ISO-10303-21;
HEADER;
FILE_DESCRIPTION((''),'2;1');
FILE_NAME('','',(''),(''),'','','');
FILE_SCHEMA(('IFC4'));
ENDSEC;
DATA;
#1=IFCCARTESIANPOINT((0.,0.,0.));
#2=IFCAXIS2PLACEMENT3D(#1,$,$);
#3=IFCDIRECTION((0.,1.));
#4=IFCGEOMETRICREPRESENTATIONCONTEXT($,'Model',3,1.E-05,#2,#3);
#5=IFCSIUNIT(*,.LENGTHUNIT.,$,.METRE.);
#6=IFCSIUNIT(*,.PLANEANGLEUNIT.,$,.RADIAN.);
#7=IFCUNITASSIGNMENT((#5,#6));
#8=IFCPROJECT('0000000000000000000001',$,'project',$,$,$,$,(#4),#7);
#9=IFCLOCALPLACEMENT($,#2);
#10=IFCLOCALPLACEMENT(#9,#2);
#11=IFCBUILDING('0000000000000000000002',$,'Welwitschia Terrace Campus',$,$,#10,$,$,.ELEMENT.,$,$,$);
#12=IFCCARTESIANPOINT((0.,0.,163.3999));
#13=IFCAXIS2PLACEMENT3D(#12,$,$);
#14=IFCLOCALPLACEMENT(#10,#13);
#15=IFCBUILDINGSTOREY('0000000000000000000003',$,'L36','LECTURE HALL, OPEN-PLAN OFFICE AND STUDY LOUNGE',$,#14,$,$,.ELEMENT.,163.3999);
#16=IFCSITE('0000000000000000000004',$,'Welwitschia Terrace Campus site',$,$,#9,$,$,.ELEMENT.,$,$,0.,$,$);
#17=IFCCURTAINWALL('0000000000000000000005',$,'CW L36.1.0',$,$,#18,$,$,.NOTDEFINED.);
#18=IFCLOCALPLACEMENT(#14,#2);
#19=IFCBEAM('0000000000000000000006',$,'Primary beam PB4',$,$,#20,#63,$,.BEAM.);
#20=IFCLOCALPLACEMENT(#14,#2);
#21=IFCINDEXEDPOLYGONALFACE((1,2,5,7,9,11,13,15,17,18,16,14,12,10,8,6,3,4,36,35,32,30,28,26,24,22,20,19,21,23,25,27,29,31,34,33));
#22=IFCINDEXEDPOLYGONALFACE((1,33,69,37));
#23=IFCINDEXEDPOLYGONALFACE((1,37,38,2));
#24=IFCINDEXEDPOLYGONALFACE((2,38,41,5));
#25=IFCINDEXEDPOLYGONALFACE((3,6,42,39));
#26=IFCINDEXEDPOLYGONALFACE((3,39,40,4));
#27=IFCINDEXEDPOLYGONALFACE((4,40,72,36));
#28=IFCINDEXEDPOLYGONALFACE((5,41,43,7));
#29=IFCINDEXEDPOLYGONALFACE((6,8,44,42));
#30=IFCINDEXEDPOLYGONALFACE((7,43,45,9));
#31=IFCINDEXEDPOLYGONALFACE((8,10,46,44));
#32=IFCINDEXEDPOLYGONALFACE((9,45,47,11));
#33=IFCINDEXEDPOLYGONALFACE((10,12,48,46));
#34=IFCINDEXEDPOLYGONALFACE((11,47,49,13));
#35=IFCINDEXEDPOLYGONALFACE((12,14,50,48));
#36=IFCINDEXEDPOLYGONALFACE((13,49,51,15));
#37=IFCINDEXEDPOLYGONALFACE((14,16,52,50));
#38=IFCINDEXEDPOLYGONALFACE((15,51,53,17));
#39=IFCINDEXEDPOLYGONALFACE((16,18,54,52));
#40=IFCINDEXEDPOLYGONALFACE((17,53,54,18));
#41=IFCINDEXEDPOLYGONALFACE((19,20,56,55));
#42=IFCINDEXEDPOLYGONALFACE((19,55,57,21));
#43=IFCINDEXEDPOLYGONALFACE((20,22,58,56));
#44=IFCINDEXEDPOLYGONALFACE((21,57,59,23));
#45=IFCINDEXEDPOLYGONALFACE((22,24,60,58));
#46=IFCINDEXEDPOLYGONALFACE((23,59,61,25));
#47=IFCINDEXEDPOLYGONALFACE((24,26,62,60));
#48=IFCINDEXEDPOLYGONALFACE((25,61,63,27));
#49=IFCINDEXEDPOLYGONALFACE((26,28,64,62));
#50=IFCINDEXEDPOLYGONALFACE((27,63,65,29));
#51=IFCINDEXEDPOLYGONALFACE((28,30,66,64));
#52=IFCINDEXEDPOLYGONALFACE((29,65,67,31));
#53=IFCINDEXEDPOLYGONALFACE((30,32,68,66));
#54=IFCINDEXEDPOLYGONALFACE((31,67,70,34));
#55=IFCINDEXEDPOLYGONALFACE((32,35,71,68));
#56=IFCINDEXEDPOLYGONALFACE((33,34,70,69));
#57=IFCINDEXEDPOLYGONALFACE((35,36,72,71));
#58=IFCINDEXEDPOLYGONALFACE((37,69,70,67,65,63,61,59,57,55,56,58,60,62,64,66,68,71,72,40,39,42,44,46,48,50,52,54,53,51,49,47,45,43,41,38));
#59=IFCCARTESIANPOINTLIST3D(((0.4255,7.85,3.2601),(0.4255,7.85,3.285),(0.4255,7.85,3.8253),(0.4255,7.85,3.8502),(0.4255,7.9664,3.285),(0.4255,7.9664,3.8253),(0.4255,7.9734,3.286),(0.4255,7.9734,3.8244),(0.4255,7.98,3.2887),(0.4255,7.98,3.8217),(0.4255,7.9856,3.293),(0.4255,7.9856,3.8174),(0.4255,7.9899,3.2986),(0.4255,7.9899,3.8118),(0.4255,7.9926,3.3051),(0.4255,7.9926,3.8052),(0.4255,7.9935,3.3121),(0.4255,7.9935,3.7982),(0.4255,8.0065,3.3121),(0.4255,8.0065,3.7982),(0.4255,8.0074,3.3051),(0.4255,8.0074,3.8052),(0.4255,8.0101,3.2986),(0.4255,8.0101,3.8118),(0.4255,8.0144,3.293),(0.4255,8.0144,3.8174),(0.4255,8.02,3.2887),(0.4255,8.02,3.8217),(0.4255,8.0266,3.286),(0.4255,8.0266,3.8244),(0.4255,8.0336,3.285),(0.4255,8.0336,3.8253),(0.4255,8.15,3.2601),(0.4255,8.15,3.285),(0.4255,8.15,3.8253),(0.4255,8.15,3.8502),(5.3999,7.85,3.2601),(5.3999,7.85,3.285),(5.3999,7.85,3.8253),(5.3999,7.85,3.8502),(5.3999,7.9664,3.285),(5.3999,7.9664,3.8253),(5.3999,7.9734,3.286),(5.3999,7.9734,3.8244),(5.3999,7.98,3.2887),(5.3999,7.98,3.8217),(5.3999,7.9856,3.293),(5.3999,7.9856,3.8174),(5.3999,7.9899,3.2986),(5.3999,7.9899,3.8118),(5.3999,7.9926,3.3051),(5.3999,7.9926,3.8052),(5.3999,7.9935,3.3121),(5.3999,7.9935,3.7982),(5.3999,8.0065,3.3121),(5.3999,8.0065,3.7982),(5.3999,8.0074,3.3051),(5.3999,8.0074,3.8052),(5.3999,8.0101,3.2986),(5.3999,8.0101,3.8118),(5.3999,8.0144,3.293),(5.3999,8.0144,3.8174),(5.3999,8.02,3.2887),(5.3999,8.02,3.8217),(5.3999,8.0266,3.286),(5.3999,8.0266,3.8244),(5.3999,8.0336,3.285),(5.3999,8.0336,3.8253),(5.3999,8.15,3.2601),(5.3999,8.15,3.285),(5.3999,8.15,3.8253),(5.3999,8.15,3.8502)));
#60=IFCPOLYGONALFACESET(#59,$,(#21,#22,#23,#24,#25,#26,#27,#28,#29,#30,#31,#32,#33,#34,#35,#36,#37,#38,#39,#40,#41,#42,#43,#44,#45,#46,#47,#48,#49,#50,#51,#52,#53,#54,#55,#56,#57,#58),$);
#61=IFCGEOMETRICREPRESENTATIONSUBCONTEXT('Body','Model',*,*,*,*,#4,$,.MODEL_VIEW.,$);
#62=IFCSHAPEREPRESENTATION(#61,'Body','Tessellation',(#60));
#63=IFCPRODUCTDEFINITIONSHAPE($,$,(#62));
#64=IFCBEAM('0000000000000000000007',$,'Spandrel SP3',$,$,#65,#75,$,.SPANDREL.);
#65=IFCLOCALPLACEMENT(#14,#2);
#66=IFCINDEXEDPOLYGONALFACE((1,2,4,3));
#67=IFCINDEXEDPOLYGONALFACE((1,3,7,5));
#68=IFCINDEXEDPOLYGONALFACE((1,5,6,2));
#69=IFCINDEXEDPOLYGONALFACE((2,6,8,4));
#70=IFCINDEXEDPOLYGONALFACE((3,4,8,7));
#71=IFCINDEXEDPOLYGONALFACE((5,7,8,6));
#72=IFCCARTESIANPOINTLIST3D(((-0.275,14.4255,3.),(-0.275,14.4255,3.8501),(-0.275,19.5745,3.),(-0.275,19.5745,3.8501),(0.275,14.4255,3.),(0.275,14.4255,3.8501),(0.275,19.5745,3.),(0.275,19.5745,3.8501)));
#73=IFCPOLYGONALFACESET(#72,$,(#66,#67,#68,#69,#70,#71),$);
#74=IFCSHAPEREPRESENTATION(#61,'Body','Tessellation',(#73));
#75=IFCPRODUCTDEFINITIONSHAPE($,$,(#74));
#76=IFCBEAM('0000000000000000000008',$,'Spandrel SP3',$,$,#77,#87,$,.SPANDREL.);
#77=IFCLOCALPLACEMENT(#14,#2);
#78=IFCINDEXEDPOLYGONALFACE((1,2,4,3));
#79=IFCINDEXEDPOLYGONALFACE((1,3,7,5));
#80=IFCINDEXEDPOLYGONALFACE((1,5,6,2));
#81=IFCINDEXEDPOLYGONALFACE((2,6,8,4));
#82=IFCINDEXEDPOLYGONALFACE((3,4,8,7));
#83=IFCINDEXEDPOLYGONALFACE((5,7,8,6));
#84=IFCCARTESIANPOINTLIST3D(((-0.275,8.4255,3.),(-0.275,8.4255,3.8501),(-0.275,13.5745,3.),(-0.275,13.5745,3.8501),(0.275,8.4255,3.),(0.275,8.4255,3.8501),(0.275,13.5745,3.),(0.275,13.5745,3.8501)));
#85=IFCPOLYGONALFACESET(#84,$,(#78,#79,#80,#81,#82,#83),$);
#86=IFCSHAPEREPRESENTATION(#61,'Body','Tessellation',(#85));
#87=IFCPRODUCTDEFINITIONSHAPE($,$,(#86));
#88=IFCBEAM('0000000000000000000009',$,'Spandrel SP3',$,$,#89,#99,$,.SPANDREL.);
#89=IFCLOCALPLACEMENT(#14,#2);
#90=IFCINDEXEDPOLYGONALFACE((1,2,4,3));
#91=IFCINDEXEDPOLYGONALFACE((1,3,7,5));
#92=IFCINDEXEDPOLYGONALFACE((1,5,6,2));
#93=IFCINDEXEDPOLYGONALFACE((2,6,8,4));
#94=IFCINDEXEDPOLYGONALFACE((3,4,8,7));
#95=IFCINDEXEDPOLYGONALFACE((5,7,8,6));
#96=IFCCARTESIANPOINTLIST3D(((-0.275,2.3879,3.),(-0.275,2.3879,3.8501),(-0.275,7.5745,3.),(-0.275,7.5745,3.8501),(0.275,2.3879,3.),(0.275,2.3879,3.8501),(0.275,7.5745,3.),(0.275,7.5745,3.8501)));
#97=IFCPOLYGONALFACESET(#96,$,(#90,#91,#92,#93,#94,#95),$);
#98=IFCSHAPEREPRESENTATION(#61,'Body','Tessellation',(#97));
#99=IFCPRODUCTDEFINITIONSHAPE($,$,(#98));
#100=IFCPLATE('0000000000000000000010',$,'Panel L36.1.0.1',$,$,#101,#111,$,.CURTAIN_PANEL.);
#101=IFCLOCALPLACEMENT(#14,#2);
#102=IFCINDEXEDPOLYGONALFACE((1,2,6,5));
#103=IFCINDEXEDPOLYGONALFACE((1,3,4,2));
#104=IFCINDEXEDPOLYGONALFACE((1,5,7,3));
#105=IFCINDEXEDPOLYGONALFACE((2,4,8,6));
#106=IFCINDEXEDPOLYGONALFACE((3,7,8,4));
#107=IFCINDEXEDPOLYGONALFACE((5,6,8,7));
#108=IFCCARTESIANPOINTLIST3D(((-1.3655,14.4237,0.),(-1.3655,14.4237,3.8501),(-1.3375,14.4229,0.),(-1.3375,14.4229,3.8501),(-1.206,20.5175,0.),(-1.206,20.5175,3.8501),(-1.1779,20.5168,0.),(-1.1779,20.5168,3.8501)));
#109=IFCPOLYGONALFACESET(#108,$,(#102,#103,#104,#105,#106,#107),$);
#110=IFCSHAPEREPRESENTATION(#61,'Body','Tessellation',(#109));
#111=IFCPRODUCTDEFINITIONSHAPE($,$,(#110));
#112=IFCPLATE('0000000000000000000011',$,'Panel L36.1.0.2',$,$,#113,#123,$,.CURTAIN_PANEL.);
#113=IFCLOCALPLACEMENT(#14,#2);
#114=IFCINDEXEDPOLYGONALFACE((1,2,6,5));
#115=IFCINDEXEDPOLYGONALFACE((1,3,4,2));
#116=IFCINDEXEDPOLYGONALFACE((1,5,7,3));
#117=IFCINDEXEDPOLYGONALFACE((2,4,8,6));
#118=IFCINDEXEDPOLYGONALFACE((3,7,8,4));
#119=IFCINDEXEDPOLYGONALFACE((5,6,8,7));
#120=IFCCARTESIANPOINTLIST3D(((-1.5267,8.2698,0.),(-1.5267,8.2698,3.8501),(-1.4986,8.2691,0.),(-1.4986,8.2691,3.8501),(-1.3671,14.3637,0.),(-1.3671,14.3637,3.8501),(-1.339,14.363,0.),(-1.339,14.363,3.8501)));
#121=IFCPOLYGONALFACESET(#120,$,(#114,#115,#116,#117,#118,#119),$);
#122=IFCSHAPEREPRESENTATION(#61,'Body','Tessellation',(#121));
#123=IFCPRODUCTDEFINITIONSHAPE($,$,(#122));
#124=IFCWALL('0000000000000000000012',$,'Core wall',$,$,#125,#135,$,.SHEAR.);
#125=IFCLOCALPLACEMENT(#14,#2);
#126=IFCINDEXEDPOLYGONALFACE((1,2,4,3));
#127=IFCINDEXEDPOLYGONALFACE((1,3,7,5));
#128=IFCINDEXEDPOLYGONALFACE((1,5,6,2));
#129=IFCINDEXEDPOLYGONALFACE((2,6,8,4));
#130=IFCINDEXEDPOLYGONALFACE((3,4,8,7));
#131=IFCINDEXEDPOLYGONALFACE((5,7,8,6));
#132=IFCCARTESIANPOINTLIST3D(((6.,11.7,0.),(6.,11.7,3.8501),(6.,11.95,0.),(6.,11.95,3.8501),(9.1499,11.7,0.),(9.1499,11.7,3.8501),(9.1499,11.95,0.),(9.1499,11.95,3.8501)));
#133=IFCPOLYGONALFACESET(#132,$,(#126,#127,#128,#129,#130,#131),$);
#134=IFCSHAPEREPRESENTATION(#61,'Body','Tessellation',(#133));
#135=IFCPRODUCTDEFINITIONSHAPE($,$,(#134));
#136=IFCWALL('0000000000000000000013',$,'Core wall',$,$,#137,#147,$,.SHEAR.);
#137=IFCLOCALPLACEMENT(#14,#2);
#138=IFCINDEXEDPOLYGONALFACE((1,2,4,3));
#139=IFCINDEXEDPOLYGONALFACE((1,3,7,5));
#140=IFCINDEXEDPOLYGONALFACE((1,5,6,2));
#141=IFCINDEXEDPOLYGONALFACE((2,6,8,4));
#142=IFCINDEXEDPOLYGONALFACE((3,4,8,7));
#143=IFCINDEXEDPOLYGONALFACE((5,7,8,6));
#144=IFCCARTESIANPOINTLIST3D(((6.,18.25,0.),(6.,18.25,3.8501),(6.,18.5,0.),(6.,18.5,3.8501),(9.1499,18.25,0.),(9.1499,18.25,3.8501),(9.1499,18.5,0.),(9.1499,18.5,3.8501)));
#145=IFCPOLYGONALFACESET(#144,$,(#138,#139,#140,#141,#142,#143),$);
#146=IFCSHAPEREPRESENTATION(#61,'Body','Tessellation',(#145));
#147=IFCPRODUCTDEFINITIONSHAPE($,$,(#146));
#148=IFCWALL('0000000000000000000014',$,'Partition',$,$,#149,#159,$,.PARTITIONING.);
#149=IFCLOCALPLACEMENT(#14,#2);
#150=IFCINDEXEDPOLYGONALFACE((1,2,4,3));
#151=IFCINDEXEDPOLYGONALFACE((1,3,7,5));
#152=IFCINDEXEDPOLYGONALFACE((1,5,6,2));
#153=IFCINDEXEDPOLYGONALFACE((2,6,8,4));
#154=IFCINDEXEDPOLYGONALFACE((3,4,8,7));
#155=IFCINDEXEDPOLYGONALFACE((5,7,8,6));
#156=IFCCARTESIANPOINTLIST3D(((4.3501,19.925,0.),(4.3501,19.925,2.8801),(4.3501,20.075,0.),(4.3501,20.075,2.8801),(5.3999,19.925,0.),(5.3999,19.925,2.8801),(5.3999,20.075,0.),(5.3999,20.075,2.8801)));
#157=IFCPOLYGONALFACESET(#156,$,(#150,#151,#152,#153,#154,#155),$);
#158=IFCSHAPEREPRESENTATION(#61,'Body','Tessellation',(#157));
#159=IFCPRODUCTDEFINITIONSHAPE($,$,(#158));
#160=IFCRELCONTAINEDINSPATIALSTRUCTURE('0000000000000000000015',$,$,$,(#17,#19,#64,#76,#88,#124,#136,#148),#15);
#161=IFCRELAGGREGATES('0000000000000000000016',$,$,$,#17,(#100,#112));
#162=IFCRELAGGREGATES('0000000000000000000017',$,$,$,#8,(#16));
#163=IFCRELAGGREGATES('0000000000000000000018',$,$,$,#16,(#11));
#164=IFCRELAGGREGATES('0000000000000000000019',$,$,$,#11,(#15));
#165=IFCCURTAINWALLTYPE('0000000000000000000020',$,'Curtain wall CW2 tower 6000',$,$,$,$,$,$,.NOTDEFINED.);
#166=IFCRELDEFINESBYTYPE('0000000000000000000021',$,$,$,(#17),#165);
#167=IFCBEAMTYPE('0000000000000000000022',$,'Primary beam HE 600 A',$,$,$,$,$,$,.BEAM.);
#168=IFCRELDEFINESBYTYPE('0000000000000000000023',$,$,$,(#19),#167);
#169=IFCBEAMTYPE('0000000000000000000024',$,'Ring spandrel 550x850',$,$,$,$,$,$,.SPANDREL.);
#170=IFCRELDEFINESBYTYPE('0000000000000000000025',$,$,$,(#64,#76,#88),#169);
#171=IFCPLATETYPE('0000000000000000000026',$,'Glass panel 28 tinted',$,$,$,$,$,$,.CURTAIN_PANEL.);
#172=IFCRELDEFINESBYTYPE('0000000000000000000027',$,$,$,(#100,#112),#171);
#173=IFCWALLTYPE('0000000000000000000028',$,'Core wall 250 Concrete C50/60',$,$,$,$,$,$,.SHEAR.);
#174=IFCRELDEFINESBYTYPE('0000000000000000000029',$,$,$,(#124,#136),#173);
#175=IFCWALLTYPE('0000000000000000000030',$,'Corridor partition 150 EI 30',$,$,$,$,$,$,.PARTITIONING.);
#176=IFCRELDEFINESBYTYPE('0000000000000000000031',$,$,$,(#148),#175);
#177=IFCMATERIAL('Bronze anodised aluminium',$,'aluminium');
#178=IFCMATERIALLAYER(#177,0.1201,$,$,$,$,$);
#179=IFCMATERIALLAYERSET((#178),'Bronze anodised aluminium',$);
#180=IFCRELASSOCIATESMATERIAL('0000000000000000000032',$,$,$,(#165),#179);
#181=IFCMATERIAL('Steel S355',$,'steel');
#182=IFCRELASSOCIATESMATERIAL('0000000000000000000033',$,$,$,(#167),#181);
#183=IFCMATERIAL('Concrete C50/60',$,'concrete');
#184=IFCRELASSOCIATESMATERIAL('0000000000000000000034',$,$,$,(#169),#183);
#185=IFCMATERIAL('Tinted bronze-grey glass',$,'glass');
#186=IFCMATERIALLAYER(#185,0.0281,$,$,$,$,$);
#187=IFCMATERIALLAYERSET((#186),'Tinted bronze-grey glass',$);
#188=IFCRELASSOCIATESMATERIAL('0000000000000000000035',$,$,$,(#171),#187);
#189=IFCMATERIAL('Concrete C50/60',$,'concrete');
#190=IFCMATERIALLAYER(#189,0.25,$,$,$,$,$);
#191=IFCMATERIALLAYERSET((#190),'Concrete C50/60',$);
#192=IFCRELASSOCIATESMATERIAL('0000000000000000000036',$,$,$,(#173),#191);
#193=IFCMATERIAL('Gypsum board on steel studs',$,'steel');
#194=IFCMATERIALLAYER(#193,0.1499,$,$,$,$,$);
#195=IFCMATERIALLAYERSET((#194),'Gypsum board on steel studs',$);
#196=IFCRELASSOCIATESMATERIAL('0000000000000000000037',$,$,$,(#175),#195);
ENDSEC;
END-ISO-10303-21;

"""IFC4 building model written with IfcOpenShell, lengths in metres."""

from ifc_helpers import new_model, si_unit, direction, frame, frame_2d, origin, origin_2d, place, context, subcontext, project, spatial, rectangle, i_section, extrude, material, layer, layer_set, material_profile, profile_set, type_object, element, aggregate, save


model = new_model("IFC4")

# Units and contexts
model_context = context("Model", 3, precision=1e-05, world=origin(), true_north=direction((0.0, 1.0)))
body_context = subcontext(model_context, "Body", "Model", "MODEL_VIEW")
ifc_project = project(units=[si_unit("LENGTHUNIT", "METRE"), si_unit("PLANEANGLEUNIT", "RADIAN")], contexts=[model_context])

# Site, building, storey
site_placement = place(None, origin())
site = spatial("IfcSite", under=ifc_project, at=site_placement, Name="Welwitschia Terrace Campus site", CompositionType="ELEMENT", RefElevation=0.0)
building_placement = place(site_placement, origin())
building = spatial("IfcBuilding", under=site, at=building_placement, Name="Welwitschia Terrace Campus", CompositionType="ELEMENT")
storey_placement = place(building_placement, frame((0.0, 0.0, 163.3999)))
storey = spatial("IfcBuildingStorey", under=building, at=storey_placement, Name="L36", Description="LECTURE HALL, OPEN-PLAN OFFICE AND STUDY LOUNGE", CompositionType="ELEMENT", Elevation=163.3999)

# Curtain wall
ifc_material_1 = material(Name="Bronze anodised aluminium", Category="aluminium")
ifc_layer_1 = layer(ifc_material_1, 0.1201)
ifc_layer_set_1 = layer_set([ifc_layer_1], Name="Bronze anodised aluminium")
curtain_wall_type = type_object("IfcCurtainWallType", Name="Curtain wall CW2 tower 6000", PredefinedType="NOTDEFINED", material=ifc_layer_set_1)
curtain_wall_placement = place(storey_placement, origin())
curtain_wall = element("IfcCurtainWall", 1, at=curtain_wall_placement, inside=storey, type_object=curtain_wall_type, Name="CW L36.1.0", PredefinedType="NOTDEFINED")

# Beams
ifc_material_2 = material(Name="Steel S355", Category="steel")
ifc_material_profile_1 = material_profile(ifc_material_2, i_section(OverallWidth=0.3, OverallDepth=0.5901, WebThickness=0.0129, FlangeThickness=0.0249, FilletRadius=0.0271, at=origin_2d()))
ifc_profile_set_1 = profile_set([ifc_material_profile_1], Name="Steel S355")
beam_type_1 = type_object("IfcBeamType", Name="Primary beam HE 600 A", PredefinedType="BEAM", material=ifc_profile_set_1)
for number, where, z_axis, x_axis, name in (
    (2, (0.4255, 8.0, 3.5552), (1.0, 0.0, 0.0), (0.0, 1.0, 0.0), "Primary beam PB4"),
):
    element("IfcBeam", number, at=place(storey_placement, frame(where, z_axis=z_axis, x_axis=x_axis)), inside=storey, type_object=beam_type_1, Name=name, PredefinedType="BEAM", context=body_context, shape_type="SweptSolid", body=[
        extrude(i_section(OverallWidth=0.3, OverallDepth=0.5901, WebThickness=0.0129, FlangeThickness=0.0249, FilletRadius=0.0271, at=origin_2d()), origin(), (0.0, 0.0, 1.0), 4.9744),
    ])
ifc_material_3 = material(Name="Concrete C50/60", Category="concrete")
ifc_material_profile_2 = material_profile(ifc_material_3, rectangle(XDim=0.55, YDim=0.8501, at=origin_2d()))
ifc_profile_set_2 = profile_set([ifc_material_profile_2], Name="Concrete C50/60")
beam_type_2 = type_object("IfcBeamType", Name="Ring spandrel 550x850", PredefinedType="SPANDREL", material=ifc_profile_set_2)
for number, where, z_axis, x_axis, name in (
    (3, (0.0, 19.5745, 3.425), (0.0, -1.0, 0.0), (1.0, 0.0, 0.0), "Spandrel SP3"),
    (4, (0.0, 13.5745, 3.425), (0.0, -1.0, 0.0), (1.0, 0.0, 0.0), "Spandrel SP3"),
):
    element("IfcBeam", number, at=place(storey_placement, frame(where, z_axis=z_axis, x_axis=x_axis)), inside=storey, type_object=beam_type_2, Name=name, PredefinedType="SPANDREL", context=body_context, shape_type="SweptSolid", body=[
        extrude(rectangle(XDim=0.55, YDim=0.8501, at=origin_2d()), origin(), (0.0, 0.0, 1.0), 5.1489),
    ])
beam_1_placement = place(storey_placement, frame((0.0, 7.5745, 3.425), z_axis=(0.0, -1.0, 0.0), x_axis=(1.0, 0.0, 0.0)))
element("IfcBeam", 5, at=beam_1_placement, inside=storey, type_object=beam_type_2, Name="Spandrel SP3", PredefinedType="SPANDREL", context=body_context, shape_type="SweptSolid", body=[
    extrude(rectangle(XDim=0.55, YDim=0.8501, at=origin_2d()), origin(), (0.0, 0.0, 1.0), 5.1865),
])

# Plates
ifc_material_4 = material(Name="Tinted bronze-grey glass", Category="glass")
ifc_layer_2 = layer(ifc_material_4, 0.0281)
ifc_layer_set_2 = layer_set([ifc_layer_2], Name="Tinted bronze-grey glass")
plate_type = type_object("IfcPlateType", Name="Glass panel 28 tinted", PredefinedType="CURTAIN_PANEL", material=ifc_layer_set_2)
plate_1_placement = place(storey_placement, frame((-1.2717, 17.4702, 0.0), z_axis=(0.0, 0.0, 1.0), x_axis=(-0.026177, -0.999657, 0.0)))
plate_1 = element("IfcPlate", 6, at=plate_1_placement, type_object=plate_type, Name="Panel L36.1.0.1", PredefinedType="CURTAIN_PANEL", context=body_context, shape_type="SweptSolid", body=[
    extrude(rectangle(XDim=6.0959, YDim=0.0281, at=origin_2d()), origin(), (0.0, 0.0, 1.0), 3.8501),
])
plate_2_placement = place(storey_placement, frame((-1.4329, 11.3164, 0.0), z_axis=(0.0, 0.0, 1.0), x_axis=(-0.026177, -0.999657, 0.0)))
plate_2 = element("IfcPlate", 7, at=plate_2_placement, type_object=plate_type, Name="Panel L36.1.0.2", PredefinedType="CURTAIN_PANEL", context=body_context, shape_type="SweptSolid", body=[
    extrude(rectangle(XDim=6.0959, YDim=0.0281, at=origin_2d()), origin(), (0.0, 0.0, 1.0), 3.8501),
])
aggregate(curtain_wall, [plate_1, plate_2])

# Walls
ifc_material_5 = material(Name="Concrete C50/60", Category="concrete")
ifc_layer_3 = layer(ifc_material_5, 0.25)
ifc_layer_set_3 = layer_set([ifc_layer_3], Name="Concrete C50/60")
wall_type_1 = type_object("IfcWallType", Name="Core wall 250 Concrete C50/60", PredefinedType="SHEAR", material=ifc_layer_set_3)
for number, where, z_axis, x_axis, name in (
    (8, (6.0, 11.825, 0.0), (0.0, 0.0, 1.0), (1.0, 0.0, 0.0), "Core wall"),
    (9, (6.0, 18.375, 0.0), (0.0, 0.0, 1.0), (1.0, 0.0, 0.0), "Core wall"),
):
    element("IfcWall", number, at=place(storey_placement, frame(where, z_axis=z_axis, x_axis=x_axis)), inside=storey, type_object=wall_type_1, Name=name, PredefinedType="SHEAR", context=body_context, shape_type="SweptSolid", body=[
        extrude(rectangle(XDim=3.1499, YDim=0.25, at=frame_2d((1.575, 0.0))), origin(), (0.0, 0.0, 1.0), 3.8501),
    ])
ifc_material_6 = material(Name="Gypsum board on steel studs", Category="steel")
ifc_layer_4 = layer(ifc_material_6, 0.1499)
ifc_layer_set_4 = layer_set([ifc_layer_4], Name="Gypsum board on steel studs")
wall_type_2 = type_object("IfcWallType", Name="Corridor partition 150 EI 30", PredefinedType="PARTITIONING", material=ifc_layer_set_4)
wall_placement = place(storey_placement, frame((4.3501, 20.0, 0.0), z_axis=(0.0, 0.0, 1.0), x_axis=(1.0, 0.0, 0.0)))
element("IfcWall", 10, at=wall_placement, inside=storey, type_object=wall_type_2, Name="Partition", PredefinedType="PARTITIONING", context=body_context, shape_type="SweptSolid", body=[
    extrude(rectangle(XDim=1.0498, YDim=0.1499, at=frame_2d((0.5249, 0.0))), origin(), (0.0, 0.0, 1.0), 2.8801),
])

save(model, "model.ifc")
